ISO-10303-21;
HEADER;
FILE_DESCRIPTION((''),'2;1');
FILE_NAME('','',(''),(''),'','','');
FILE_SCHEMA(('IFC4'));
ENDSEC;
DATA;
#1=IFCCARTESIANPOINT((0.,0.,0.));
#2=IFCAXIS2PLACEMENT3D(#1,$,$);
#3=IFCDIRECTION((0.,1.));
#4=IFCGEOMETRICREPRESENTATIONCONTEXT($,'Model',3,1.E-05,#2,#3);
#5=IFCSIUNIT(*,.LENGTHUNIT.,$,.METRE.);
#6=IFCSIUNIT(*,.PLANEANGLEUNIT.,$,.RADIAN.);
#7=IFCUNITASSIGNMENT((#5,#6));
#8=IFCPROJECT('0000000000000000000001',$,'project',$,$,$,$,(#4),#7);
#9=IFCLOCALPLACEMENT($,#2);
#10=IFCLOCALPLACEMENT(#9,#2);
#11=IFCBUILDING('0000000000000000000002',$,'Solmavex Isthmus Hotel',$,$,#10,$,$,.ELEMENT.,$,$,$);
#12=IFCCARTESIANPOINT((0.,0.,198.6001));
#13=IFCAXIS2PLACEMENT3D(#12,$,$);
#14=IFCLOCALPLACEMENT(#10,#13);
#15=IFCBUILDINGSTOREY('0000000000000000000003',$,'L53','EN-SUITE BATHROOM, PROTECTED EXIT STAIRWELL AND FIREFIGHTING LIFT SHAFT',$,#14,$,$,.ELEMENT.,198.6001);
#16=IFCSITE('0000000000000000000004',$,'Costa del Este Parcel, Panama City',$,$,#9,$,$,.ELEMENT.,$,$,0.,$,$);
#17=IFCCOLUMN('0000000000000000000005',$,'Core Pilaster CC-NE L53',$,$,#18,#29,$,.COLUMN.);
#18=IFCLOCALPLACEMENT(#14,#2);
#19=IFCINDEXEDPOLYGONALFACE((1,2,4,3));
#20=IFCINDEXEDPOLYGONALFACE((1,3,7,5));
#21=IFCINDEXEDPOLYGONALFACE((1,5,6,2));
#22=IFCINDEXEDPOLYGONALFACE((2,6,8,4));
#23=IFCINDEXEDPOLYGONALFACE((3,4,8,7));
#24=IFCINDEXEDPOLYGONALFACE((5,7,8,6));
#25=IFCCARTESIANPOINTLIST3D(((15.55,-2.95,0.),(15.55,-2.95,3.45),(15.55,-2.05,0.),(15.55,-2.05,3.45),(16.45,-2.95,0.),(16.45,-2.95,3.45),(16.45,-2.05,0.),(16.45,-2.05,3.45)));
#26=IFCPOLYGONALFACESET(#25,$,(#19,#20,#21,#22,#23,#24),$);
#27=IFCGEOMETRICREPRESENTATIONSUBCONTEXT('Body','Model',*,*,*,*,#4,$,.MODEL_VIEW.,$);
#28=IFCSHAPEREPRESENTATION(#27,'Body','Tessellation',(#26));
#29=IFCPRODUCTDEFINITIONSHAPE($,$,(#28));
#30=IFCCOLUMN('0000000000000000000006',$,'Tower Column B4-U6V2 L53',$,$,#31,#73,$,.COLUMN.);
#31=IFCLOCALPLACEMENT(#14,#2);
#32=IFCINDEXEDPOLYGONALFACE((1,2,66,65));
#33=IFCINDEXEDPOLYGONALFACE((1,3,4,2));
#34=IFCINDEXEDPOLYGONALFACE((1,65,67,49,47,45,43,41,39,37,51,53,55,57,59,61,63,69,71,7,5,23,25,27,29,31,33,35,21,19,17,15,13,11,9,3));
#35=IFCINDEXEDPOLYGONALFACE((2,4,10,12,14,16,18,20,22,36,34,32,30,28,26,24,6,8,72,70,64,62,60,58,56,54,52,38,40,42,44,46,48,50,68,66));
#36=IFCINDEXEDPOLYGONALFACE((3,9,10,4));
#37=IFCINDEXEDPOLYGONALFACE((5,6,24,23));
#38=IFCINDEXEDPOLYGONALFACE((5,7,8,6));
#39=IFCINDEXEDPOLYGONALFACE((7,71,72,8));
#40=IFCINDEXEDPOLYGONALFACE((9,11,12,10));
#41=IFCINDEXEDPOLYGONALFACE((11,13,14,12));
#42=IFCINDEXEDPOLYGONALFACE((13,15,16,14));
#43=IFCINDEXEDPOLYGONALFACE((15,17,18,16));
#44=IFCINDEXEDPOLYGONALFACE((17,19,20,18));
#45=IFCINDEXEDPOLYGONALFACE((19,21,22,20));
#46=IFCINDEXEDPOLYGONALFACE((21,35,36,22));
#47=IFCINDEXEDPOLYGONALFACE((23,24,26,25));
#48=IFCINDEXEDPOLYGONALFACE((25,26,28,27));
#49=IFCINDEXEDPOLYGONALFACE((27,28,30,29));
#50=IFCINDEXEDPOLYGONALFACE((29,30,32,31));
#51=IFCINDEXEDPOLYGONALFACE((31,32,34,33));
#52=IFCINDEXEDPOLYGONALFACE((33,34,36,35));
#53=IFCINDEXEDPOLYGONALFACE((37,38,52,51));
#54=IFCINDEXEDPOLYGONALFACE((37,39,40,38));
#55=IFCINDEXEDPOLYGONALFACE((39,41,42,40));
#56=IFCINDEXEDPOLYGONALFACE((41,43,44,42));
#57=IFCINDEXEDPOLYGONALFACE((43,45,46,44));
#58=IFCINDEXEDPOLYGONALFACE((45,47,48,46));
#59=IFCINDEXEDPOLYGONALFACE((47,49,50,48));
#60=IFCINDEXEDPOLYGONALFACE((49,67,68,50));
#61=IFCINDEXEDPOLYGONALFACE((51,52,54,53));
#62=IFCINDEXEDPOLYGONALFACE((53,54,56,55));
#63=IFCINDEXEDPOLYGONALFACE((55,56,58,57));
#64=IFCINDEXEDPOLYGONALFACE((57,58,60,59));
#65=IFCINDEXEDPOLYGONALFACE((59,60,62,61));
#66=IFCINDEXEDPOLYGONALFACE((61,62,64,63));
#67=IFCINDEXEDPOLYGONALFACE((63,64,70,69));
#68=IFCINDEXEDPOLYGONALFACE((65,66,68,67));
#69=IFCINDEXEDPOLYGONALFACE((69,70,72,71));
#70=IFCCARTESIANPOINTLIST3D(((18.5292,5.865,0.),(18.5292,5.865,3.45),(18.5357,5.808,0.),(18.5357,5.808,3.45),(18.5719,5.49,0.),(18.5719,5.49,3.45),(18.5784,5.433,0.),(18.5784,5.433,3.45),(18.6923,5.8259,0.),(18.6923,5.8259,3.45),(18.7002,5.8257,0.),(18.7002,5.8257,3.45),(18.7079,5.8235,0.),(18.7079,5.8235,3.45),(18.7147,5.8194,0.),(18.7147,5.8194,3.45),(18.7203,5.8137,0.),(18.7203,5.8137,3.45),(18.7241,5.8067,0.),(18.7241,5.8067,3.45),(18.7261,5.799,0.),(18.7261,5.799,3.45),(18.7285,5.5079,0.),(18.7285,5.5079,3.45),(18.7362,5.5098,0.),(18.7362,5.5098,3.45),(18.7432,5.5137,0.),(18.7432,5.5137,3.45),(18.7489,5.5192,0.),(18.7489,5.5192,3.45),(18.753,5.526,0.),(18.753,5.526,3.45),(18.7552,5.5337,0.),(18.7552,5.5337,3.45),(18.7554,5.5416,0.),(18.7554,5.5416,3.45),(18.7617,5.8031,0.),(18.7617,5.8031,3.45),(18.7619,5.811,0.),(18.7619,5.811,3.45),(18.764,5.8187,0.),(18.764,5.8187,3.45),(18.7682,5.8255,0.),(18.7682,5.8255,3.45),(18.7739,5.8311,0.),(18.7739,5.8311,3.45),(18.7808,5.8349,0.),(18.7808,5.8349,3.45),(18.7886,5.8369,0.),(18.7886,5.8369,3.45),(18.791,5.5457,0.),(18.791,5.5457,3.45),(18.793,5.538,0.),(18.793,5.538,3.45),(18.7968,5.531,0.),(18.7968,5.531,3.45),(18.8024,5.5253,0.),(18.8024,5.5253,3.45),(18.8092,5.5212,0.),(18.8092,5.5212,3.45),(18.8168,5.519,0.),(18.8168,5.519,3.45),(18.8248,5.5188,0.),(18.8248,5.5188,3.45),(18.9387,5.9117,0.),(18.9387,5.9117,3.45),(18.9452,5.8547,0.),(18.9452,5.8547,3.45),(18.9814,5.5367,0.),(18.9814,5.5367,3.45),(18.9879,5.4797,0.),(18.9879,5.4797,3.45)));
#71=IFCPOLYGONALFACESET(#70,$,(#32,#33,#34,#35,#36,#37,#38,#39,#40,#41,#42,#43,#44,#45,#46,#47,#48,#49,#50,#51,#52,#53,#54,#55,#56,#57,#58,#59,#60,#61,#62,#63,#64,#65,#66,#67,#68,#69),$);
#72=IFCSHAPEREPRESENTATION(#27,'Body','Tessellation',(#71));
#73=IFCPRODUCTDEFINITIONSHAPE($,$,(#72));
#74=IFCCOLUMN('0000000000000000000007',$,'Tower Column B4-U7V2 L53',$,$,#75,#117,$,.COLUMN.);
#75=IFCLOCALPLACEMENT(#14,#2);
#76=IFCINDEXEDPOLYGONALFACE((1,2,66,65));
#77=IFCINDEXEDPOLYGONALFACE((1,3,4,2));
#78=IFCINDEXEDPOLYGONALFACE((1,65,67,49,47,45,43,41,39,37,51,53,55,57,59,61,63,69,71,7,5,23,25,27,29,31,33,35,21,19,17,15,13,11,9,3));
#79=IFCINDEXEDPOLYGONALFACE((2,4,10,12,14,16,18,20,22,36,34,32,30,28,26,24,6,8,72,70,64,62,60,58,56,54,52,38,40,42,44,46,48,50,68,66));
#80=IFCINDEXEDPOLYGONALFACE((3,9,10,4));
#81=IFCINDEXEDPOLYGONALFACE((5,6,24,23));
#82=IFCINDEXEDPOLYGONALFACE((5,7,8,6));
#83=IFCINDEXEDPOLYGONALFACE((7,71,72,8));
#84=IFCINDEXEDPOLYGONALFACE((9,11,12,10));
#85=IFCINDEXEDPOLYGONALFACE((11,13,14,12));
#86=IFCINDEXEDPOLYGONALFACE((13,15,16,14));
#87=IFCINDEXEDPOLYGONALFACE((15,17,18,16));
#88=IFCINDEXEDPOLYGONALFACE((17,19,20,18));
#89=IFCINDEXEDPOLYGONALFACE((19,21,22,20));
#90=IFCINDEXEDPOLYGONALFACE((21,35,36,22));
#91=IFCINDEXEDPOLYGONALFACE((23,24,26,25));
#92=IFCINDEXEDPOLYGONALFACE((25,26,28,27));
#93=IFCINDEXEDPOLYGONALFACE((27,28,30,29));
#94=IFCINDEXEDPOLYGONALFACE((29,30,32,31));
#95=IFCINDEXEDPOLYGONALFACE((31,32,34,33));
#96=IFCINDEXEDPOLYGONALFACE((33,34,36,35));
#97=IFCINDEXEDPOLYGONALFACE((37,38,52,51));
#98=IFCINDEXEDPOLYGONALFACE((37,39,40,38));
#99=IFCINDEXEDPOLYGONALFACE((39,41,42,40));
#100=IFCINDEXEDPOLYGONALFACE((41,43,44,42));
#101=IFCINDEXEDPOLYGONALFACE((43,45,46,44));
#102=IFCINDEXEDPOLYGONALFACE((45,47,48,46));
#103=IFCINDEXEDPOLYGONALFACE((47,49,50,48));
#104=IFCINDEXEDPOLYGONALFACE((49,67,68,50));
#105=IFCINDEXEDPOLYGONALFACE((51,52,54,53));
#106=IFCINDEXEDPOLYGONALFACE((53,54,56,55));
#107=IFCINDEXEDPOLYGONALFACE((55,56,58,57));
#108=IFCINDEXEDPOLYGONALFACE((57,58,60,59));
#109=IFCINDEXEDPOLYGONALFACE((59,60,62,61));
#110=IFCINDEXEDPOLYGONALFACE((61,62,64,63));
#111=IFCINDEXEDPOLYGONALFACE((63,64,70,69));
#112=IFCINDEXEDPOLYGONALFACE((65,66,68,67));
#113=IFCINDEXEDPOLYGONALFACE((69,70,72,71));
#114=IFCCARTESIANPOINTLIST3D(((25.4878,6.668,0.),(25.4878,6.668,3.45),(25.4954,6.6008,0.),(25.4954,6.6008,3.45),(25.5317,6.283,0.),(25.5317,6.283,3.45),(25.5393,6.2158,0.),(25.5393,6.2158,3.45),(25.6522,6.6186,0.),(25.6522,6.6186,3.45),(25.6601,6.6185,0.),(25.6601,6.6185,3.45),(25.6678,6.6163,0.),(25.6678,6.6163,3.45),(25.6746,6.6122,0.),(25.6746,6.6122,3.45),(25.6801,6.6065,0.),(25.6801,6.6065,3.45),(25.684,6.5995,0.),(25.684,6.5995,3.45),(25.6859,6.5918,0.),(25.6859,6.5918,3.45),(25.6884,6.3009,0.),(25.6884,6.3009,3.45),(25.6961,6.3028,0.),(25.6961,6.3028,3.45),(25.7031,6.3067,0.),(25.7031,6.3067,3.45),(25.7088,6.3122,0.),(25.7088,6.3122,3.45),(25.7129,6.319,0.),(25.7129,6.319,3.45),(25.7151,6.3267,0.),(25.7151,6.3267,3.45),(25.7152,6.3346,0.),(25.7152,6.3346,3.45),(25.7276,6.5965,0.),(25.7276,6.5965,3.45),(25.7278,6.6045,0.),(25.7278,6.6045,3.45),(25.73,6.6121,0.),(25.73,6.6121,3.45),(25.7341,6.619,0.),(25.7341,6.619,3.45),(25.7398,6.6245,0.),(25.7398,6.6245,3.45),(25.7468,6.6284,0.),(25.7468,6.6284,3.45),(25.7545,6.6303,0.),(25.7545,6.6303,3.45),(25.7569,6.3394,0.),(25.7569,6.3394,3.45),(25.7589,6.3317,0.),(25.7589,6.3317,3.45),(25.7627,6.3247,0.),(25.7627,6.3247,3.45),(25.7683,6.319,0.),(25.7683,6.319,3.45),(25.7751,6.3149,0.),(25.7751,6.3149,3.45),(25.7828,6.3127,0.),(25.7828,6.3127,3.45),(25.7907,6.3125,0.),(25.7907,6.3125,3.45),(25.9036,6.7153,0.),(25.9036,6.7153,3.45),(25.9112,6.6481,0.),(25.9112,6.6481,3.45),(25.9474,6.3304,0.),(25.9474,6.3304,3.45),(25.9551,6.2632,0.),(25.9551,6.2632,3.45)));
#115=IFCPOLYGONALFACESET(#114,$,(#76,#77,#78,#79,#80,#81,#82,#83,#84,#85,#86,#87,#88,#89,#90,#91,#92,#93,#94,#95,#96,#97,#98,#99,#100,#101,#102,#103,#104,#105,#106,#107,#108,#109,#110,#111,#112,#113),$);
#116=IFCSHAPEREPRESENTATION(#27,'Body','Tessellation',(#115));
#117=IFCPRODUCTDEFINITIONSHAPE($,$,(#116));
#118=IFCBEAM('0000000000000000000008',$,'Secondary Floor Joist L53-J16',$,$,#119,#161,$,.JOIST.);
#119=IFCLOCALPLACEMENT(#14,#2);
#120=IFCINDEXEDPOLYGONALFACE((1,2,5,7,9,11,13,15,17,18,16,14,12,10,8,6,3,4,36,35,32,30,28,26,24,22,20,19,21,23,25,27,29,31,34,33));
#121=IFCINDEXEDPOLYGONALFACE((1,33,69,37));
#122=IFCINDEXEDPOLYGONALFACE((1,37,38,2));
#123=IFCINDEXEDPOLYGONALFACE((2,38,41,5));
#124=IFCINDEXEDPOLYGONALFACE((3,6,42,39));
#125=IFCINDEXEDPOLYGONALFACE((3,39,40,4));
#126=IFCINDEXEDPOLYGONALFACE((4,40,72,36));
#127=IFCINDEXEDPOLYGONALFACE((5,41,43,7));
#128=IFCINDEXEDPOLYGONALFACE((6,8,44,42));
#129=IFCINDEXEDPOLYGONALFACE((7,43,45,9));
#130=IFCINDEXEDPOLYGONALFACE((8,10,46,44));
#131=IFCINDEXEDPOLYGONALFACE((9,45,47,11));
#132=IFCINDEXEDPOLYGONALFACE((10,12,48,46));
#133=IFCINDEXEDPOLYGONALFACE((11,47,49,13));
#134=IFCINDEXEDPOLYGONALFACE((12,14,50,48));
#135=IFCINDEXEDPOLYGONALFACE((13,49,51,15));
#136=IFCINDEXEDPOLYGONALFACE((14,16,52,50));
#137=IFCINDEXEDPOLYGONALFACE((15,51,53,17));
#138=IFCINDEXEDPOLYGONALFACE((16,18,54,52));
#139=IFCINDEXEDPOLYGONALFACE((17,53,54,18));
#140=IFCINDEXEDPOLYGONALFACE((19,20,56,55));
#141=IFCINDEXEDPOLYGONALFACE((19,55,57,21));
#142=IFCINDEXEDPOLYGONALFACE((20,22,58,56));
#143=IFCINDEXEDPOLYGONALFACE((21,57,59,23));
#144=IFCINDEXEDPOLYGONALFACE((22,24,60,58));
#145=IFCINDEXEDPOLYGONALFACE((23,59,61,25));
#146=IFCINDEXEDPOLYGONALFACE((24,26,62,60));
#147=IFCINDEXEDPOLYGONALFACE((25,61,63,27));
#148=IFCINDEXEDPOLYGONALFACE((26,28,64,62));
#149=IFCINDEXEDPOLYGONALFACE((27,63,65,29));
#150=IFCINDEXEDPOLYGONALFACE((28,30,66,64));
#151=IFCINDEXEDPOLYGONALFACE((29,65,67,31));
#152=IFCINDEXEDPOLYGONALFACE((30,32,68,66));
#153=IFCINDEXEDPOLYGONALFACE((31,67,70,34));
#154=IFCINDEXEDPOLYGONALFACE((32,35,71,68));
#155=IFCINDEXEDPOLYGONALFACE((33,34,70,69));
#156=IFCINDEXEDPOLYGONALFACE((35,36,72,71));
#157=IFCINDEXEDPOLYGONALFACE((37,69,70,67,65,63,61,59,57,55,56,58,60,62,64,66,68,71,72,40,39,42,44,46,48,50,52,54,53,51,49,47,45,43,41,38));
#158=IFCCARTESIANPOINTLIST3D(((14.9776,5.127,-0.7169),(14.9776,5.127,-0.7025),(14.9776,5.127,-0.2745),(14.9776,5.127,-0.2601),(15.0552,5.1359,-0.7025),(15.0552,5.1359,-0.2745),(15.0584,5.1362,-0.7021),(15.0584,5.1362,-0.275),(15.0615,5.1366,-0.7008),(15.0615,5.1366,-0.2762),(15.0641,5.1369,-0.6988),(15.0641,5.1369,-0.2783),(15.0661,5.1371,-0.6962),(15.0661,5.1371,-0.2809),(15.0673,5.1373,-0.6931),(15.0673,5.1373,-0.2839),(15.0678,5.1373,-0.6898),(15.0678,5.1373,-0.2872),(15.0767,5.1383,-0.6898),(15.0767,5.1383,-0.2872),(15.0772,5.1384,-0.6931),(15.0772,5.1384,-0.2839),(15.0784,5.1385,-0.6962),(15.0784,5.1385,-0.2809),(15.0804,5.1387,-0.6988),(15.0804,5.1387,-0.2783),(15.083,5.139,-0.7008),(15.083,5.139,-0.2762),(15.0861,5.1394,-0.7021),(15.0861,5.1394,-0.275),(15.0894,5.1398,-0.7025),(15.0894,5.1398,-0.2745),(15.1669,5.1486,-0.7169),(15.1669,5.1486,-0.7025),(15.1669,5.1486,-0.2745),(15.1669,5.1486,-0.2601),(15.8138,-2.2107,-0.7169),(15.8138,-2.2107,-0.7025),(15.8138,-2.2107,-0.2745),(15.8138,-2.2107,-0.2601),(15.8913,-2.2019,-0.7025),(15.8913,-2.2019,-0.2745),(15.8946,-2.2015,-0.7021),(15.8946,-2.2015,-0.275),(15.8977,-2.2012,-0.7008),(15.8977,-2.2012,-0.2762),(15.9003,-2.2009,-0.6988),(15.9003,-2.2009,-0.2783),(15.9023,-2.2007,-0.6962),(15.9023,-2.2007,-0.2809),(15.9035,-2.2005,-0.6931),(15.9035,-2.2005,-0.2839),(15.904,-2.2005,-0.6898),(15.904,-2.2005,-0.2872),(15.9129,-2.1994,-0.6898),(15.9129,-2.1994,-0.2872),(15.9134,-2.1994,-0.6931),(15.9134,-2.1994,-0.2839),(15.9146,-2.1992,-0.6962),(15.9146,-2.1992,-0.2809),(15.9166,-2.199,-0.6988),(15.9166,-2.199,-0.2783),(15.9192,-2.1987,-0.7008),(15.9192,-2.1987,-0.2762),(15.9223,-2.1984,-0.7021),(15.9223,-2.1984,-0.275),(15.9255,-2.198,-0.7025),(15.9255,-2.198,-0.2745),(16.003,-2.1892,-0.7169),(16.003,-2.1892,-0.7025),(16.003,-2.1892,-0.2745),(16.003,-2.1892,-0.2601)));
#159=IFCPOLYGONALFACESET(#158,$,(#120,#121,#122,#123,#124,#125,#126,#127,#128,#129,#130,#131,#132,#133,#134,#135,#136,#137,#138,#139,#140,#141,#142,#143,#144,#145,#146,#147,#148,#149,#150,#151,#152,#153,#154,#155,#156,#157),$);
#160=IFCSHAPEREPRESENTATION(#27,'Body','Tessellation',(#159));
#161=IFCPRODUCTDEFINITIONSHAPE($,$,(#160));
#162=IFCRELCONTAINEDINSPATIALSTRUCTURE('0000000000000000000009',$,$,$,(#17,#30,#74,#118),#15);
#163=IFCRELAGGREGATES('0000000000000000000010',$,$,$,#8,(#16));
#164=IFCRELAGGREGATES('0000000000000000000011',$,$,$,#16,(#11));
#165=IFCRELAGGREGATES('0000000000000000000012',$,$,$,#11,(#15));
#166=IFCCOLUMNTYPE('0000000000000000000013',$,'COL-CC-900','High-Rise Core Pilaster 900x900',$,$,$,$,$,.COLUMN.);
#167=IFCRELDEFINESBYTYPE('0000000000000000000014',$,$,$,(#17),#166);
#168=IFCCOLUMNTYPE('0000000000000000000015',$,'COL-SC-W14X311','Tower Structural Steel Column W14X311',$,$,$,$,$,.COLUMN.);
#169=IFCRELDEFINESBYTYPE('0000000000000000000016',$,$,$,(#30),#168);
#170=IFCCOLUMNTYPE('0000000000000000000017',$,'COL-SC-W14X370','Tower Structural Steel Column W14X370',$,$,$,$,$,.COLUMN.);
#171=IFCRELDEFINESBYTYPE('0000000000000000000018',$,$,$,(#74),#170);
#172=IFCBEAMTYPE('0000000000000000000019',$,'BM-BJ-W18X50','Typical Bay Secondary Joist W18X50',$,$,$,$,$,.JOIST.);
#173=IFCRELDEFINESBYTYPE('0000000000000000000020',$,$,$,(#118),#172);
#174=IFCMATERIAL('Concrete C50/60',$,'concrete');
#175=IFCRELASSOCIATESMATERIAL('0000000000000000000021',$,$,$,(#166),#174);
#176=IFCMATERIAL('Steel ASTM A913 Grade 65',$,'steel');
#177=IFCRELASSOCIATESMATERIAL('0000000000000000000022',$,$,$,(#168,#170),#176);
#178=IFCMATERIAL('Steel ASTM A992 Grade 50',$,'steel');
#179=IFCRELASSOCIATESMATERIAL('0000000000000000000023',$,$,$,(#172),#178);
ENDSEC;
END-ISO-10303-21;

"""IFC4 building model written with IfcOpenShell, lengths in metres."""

from ifc_helpers import new_model, si_unit, direction, frame, origin, origin_2d, place, context, subcontext, project, spatial, rectangle, i_section, extrude, material, material_profile, profile_set, type_object, element, save


model = new_model("IFC4")

# Units and contexts
model_context = context("Model", 3, precision=1e-05, world=origin(), true_north=direction((0.0, 1.0)))
body_context = subcontext(model_context, "Body", "Model", "MODEL_VIEW")
ifc_project = project(units=[si_unit("LENGTHUNIT", "METRE"), si_unit("PLANEANGLEUNIT", "RADIAN")], contexts=[model_context])

# Site, building, storey
site_placement = place(None, origin())
site = spatial("IfcSite", under=ifc_project, at=site_placement, Name="Costa del Este Parcel, Panama City", CompositionType="ELEMENT", RefElevation=0.0)
building_placement = place(site_placement, origin())
building = spatial("IfcBuilding", under=site, at=building_placement, Name="Solmavex Isthmus Hotel", CompositionType="ELEMENT")
storey_placement = place(building_placement, frame((0.0, 0.0, 198.6001)))
storey = spatial("IfcBuildingStorey", under=building, at=storey_placement, Name="L53", Description="EN-SUITE BATHROOM, PROTECTED EXIT STAIRWELL AND FIREFIGHTING LIFT SHAFT", CompositionType="ELEMENT", Elevation=198.6001)

# Columns
ifc_material_1 = material(Name="Concrete C50/60", Category="concrete")
ifc_material_profile_1 = material_profile(ifc_material_1, rectangle(XDim=0.8999, YDim=0.8999, at=origin_2d()), Name="RC900X900")
ifc_profile_set_1 = profile_set([ifc_material_profile_1], Name="Concrete C50/60")
column_type_1 = type_object("IfcColumnType", Name="COL-CC-900", Description="High-Rise Core Pilaster 900x900", PredefinedType="COLUMN", material=ifc_profile_set_1)
column_1_placement = place(storey_placement, frame((16.0, -2.5, 0.0), z_axis=(0.0, 0.0, 1.0), x_axis=(1.0, 0.0, 0.0)))
element("IfcColumn", 1, at=column_1_placement, inside=storey, type_object=column_type_1, Name="Core Pilaster CC-NE L53", PredefinedType="COLUMN", context=body_context, shape_type="SweptSolid", body=[
    extrude(rectangle(XDim=0.8999, YDim=0.8999, at=origin_2d()), origin(), (0.0, 0.0, 1.0), 3.45),
])
ifc_material_2 = material(Name="Steel ASTM A913 Grade 65", Category="steel")
ifc_material_profile_2 = material_profile(ifc_material_2, i_section(OverallWidth=0.4121, OverallDepth=0.4348, WebThickness=0.0359, FlangeThickness=0.0574, FilletRadius=0.0305, at=origin_2d()), Name="W14X311")
ifc_profile_set_2 = profile_set([ifc_material_profile_2], Name="Steel ASTM A913 Grade 65")
column_type_2 = type_object("IfcColumnType", Name="COL-SC-W14X311", Description="Tower Structural Steel Column W14X311", PredefinedType="COLUMN", material=ifc_profile_set_2)
column_2_placement = place(storey_placement, frame((18.7585, 5.6724, 0.0), z_axis=(0.0, 0.0, 1.0), x_axis=(0.993572, 0.113203, 0.0)))
element("IfcColumn", 2, at=column_2_placement, inside=storey, type_object=column_type_2, Name="Tower Column B4-U6V2 L53", PredefinedType="COLUMN", context=body_context, shape_type="SweptSolid", body=[
    extrude(i_section(OverallWidth=0.4121, OverallDepth=0.4348, WebThickness=0.0359, FlangeThickness=0.0574, FilletRadius=0.0305, at=origin_2d()), origin(), (0.0, 0.0, 1.0), 3.45),
])
ifc_material_profile_3 = material_profile(ifc_material_2, i_section(OverallWidth=0.4185, OverallDepth=0.4551, WebThickness=0.042, FlangeThickness=0.0676, FilletRadius=0.0305, at=origin_2d()), Name="W14X370")
ifc_profile_set_3 = profile_set([ifc_material_profile_3], Name="Steel ASTM A913 Grade 65")
column_type_3 = type_object("IfcColumnType", Name="COL-SC-W14X370", Description="Tower Structural Steel Column W14X370", PredefinedType="COLUMN", material=ifc_profile_set_3)
column_3_placement = place(storey_placement, frame((25.7214, 6.4656, 0.0), z_axis=(0.0, 0.0, 1.0), x_axis=(0.993572, 0.113203, 0.0)))
element("IfcColumn", 3, at=column_3_placement, inside=storey, type_object=column_type_3, Name="Tower Column B4-U7V2 L53", PredefinedType="COLUMN", context=body_context, shape_type="SweptSolid", body=[
    extrude(i_section(OverallWidth=0.4185, OverallDepth=0.4551, WebThickness=0.042, FlangeThickness=0.0676, FilletRadius=0.0305, at=origin_2d()), origin(), (0.0, 0.0, 1.0), 3.45),
])

# Beam
ifc_material_3 = material(Name="Steel ASTM A992 Grade 50", Category="steel")
ifc_material_profile_4 = material_profile(ifc_material_3, i_section(OverallWidth=0.1904, OverallDepth=0.4568, WebThickness=0.009, FlangeThickness=0.0144, FilletRadius=0.0127, at=origin_2d()), Name="W18X50")
ifc_profile_set_4 = profile_set([ifc_material_profile_4], Name="Steel ASTM A992 Grade 50")
beam_type_1 = type_object("IfcBeamType", Name="BM-BJ-W18X50", Description="Typical Bay Secondary Joist W18X50", PredefinedType="JOIST", material=ifc_profile_set_4)
beam_1_placement = place(storey_placement, frame((15.9084, -2.2, -0.4885), z_axis=(-0.113225, 0.993569, 0.0), x_axis=(-0.993569, -0.113225, 0.0)))
element("IfcBeam", 4, at=beam_1_placement, inside=storey, type_object=beam_type_1, Name="Secondary Floor Joist L53-J16", PredefinedType="JOIST", context=body_context, shape_type="SweptSolid", body=[
    extrude(i_section(OverallWidth=0.1904, OverallDepth=0.4568, WebThickness=0.009, FlangeThickness=0.0144, FilletRadius=0.0127, at=origin_2d()), origin(), (0.0, 0.0, 1.0), 7.3853),
])

save(model, "model.ifc")
